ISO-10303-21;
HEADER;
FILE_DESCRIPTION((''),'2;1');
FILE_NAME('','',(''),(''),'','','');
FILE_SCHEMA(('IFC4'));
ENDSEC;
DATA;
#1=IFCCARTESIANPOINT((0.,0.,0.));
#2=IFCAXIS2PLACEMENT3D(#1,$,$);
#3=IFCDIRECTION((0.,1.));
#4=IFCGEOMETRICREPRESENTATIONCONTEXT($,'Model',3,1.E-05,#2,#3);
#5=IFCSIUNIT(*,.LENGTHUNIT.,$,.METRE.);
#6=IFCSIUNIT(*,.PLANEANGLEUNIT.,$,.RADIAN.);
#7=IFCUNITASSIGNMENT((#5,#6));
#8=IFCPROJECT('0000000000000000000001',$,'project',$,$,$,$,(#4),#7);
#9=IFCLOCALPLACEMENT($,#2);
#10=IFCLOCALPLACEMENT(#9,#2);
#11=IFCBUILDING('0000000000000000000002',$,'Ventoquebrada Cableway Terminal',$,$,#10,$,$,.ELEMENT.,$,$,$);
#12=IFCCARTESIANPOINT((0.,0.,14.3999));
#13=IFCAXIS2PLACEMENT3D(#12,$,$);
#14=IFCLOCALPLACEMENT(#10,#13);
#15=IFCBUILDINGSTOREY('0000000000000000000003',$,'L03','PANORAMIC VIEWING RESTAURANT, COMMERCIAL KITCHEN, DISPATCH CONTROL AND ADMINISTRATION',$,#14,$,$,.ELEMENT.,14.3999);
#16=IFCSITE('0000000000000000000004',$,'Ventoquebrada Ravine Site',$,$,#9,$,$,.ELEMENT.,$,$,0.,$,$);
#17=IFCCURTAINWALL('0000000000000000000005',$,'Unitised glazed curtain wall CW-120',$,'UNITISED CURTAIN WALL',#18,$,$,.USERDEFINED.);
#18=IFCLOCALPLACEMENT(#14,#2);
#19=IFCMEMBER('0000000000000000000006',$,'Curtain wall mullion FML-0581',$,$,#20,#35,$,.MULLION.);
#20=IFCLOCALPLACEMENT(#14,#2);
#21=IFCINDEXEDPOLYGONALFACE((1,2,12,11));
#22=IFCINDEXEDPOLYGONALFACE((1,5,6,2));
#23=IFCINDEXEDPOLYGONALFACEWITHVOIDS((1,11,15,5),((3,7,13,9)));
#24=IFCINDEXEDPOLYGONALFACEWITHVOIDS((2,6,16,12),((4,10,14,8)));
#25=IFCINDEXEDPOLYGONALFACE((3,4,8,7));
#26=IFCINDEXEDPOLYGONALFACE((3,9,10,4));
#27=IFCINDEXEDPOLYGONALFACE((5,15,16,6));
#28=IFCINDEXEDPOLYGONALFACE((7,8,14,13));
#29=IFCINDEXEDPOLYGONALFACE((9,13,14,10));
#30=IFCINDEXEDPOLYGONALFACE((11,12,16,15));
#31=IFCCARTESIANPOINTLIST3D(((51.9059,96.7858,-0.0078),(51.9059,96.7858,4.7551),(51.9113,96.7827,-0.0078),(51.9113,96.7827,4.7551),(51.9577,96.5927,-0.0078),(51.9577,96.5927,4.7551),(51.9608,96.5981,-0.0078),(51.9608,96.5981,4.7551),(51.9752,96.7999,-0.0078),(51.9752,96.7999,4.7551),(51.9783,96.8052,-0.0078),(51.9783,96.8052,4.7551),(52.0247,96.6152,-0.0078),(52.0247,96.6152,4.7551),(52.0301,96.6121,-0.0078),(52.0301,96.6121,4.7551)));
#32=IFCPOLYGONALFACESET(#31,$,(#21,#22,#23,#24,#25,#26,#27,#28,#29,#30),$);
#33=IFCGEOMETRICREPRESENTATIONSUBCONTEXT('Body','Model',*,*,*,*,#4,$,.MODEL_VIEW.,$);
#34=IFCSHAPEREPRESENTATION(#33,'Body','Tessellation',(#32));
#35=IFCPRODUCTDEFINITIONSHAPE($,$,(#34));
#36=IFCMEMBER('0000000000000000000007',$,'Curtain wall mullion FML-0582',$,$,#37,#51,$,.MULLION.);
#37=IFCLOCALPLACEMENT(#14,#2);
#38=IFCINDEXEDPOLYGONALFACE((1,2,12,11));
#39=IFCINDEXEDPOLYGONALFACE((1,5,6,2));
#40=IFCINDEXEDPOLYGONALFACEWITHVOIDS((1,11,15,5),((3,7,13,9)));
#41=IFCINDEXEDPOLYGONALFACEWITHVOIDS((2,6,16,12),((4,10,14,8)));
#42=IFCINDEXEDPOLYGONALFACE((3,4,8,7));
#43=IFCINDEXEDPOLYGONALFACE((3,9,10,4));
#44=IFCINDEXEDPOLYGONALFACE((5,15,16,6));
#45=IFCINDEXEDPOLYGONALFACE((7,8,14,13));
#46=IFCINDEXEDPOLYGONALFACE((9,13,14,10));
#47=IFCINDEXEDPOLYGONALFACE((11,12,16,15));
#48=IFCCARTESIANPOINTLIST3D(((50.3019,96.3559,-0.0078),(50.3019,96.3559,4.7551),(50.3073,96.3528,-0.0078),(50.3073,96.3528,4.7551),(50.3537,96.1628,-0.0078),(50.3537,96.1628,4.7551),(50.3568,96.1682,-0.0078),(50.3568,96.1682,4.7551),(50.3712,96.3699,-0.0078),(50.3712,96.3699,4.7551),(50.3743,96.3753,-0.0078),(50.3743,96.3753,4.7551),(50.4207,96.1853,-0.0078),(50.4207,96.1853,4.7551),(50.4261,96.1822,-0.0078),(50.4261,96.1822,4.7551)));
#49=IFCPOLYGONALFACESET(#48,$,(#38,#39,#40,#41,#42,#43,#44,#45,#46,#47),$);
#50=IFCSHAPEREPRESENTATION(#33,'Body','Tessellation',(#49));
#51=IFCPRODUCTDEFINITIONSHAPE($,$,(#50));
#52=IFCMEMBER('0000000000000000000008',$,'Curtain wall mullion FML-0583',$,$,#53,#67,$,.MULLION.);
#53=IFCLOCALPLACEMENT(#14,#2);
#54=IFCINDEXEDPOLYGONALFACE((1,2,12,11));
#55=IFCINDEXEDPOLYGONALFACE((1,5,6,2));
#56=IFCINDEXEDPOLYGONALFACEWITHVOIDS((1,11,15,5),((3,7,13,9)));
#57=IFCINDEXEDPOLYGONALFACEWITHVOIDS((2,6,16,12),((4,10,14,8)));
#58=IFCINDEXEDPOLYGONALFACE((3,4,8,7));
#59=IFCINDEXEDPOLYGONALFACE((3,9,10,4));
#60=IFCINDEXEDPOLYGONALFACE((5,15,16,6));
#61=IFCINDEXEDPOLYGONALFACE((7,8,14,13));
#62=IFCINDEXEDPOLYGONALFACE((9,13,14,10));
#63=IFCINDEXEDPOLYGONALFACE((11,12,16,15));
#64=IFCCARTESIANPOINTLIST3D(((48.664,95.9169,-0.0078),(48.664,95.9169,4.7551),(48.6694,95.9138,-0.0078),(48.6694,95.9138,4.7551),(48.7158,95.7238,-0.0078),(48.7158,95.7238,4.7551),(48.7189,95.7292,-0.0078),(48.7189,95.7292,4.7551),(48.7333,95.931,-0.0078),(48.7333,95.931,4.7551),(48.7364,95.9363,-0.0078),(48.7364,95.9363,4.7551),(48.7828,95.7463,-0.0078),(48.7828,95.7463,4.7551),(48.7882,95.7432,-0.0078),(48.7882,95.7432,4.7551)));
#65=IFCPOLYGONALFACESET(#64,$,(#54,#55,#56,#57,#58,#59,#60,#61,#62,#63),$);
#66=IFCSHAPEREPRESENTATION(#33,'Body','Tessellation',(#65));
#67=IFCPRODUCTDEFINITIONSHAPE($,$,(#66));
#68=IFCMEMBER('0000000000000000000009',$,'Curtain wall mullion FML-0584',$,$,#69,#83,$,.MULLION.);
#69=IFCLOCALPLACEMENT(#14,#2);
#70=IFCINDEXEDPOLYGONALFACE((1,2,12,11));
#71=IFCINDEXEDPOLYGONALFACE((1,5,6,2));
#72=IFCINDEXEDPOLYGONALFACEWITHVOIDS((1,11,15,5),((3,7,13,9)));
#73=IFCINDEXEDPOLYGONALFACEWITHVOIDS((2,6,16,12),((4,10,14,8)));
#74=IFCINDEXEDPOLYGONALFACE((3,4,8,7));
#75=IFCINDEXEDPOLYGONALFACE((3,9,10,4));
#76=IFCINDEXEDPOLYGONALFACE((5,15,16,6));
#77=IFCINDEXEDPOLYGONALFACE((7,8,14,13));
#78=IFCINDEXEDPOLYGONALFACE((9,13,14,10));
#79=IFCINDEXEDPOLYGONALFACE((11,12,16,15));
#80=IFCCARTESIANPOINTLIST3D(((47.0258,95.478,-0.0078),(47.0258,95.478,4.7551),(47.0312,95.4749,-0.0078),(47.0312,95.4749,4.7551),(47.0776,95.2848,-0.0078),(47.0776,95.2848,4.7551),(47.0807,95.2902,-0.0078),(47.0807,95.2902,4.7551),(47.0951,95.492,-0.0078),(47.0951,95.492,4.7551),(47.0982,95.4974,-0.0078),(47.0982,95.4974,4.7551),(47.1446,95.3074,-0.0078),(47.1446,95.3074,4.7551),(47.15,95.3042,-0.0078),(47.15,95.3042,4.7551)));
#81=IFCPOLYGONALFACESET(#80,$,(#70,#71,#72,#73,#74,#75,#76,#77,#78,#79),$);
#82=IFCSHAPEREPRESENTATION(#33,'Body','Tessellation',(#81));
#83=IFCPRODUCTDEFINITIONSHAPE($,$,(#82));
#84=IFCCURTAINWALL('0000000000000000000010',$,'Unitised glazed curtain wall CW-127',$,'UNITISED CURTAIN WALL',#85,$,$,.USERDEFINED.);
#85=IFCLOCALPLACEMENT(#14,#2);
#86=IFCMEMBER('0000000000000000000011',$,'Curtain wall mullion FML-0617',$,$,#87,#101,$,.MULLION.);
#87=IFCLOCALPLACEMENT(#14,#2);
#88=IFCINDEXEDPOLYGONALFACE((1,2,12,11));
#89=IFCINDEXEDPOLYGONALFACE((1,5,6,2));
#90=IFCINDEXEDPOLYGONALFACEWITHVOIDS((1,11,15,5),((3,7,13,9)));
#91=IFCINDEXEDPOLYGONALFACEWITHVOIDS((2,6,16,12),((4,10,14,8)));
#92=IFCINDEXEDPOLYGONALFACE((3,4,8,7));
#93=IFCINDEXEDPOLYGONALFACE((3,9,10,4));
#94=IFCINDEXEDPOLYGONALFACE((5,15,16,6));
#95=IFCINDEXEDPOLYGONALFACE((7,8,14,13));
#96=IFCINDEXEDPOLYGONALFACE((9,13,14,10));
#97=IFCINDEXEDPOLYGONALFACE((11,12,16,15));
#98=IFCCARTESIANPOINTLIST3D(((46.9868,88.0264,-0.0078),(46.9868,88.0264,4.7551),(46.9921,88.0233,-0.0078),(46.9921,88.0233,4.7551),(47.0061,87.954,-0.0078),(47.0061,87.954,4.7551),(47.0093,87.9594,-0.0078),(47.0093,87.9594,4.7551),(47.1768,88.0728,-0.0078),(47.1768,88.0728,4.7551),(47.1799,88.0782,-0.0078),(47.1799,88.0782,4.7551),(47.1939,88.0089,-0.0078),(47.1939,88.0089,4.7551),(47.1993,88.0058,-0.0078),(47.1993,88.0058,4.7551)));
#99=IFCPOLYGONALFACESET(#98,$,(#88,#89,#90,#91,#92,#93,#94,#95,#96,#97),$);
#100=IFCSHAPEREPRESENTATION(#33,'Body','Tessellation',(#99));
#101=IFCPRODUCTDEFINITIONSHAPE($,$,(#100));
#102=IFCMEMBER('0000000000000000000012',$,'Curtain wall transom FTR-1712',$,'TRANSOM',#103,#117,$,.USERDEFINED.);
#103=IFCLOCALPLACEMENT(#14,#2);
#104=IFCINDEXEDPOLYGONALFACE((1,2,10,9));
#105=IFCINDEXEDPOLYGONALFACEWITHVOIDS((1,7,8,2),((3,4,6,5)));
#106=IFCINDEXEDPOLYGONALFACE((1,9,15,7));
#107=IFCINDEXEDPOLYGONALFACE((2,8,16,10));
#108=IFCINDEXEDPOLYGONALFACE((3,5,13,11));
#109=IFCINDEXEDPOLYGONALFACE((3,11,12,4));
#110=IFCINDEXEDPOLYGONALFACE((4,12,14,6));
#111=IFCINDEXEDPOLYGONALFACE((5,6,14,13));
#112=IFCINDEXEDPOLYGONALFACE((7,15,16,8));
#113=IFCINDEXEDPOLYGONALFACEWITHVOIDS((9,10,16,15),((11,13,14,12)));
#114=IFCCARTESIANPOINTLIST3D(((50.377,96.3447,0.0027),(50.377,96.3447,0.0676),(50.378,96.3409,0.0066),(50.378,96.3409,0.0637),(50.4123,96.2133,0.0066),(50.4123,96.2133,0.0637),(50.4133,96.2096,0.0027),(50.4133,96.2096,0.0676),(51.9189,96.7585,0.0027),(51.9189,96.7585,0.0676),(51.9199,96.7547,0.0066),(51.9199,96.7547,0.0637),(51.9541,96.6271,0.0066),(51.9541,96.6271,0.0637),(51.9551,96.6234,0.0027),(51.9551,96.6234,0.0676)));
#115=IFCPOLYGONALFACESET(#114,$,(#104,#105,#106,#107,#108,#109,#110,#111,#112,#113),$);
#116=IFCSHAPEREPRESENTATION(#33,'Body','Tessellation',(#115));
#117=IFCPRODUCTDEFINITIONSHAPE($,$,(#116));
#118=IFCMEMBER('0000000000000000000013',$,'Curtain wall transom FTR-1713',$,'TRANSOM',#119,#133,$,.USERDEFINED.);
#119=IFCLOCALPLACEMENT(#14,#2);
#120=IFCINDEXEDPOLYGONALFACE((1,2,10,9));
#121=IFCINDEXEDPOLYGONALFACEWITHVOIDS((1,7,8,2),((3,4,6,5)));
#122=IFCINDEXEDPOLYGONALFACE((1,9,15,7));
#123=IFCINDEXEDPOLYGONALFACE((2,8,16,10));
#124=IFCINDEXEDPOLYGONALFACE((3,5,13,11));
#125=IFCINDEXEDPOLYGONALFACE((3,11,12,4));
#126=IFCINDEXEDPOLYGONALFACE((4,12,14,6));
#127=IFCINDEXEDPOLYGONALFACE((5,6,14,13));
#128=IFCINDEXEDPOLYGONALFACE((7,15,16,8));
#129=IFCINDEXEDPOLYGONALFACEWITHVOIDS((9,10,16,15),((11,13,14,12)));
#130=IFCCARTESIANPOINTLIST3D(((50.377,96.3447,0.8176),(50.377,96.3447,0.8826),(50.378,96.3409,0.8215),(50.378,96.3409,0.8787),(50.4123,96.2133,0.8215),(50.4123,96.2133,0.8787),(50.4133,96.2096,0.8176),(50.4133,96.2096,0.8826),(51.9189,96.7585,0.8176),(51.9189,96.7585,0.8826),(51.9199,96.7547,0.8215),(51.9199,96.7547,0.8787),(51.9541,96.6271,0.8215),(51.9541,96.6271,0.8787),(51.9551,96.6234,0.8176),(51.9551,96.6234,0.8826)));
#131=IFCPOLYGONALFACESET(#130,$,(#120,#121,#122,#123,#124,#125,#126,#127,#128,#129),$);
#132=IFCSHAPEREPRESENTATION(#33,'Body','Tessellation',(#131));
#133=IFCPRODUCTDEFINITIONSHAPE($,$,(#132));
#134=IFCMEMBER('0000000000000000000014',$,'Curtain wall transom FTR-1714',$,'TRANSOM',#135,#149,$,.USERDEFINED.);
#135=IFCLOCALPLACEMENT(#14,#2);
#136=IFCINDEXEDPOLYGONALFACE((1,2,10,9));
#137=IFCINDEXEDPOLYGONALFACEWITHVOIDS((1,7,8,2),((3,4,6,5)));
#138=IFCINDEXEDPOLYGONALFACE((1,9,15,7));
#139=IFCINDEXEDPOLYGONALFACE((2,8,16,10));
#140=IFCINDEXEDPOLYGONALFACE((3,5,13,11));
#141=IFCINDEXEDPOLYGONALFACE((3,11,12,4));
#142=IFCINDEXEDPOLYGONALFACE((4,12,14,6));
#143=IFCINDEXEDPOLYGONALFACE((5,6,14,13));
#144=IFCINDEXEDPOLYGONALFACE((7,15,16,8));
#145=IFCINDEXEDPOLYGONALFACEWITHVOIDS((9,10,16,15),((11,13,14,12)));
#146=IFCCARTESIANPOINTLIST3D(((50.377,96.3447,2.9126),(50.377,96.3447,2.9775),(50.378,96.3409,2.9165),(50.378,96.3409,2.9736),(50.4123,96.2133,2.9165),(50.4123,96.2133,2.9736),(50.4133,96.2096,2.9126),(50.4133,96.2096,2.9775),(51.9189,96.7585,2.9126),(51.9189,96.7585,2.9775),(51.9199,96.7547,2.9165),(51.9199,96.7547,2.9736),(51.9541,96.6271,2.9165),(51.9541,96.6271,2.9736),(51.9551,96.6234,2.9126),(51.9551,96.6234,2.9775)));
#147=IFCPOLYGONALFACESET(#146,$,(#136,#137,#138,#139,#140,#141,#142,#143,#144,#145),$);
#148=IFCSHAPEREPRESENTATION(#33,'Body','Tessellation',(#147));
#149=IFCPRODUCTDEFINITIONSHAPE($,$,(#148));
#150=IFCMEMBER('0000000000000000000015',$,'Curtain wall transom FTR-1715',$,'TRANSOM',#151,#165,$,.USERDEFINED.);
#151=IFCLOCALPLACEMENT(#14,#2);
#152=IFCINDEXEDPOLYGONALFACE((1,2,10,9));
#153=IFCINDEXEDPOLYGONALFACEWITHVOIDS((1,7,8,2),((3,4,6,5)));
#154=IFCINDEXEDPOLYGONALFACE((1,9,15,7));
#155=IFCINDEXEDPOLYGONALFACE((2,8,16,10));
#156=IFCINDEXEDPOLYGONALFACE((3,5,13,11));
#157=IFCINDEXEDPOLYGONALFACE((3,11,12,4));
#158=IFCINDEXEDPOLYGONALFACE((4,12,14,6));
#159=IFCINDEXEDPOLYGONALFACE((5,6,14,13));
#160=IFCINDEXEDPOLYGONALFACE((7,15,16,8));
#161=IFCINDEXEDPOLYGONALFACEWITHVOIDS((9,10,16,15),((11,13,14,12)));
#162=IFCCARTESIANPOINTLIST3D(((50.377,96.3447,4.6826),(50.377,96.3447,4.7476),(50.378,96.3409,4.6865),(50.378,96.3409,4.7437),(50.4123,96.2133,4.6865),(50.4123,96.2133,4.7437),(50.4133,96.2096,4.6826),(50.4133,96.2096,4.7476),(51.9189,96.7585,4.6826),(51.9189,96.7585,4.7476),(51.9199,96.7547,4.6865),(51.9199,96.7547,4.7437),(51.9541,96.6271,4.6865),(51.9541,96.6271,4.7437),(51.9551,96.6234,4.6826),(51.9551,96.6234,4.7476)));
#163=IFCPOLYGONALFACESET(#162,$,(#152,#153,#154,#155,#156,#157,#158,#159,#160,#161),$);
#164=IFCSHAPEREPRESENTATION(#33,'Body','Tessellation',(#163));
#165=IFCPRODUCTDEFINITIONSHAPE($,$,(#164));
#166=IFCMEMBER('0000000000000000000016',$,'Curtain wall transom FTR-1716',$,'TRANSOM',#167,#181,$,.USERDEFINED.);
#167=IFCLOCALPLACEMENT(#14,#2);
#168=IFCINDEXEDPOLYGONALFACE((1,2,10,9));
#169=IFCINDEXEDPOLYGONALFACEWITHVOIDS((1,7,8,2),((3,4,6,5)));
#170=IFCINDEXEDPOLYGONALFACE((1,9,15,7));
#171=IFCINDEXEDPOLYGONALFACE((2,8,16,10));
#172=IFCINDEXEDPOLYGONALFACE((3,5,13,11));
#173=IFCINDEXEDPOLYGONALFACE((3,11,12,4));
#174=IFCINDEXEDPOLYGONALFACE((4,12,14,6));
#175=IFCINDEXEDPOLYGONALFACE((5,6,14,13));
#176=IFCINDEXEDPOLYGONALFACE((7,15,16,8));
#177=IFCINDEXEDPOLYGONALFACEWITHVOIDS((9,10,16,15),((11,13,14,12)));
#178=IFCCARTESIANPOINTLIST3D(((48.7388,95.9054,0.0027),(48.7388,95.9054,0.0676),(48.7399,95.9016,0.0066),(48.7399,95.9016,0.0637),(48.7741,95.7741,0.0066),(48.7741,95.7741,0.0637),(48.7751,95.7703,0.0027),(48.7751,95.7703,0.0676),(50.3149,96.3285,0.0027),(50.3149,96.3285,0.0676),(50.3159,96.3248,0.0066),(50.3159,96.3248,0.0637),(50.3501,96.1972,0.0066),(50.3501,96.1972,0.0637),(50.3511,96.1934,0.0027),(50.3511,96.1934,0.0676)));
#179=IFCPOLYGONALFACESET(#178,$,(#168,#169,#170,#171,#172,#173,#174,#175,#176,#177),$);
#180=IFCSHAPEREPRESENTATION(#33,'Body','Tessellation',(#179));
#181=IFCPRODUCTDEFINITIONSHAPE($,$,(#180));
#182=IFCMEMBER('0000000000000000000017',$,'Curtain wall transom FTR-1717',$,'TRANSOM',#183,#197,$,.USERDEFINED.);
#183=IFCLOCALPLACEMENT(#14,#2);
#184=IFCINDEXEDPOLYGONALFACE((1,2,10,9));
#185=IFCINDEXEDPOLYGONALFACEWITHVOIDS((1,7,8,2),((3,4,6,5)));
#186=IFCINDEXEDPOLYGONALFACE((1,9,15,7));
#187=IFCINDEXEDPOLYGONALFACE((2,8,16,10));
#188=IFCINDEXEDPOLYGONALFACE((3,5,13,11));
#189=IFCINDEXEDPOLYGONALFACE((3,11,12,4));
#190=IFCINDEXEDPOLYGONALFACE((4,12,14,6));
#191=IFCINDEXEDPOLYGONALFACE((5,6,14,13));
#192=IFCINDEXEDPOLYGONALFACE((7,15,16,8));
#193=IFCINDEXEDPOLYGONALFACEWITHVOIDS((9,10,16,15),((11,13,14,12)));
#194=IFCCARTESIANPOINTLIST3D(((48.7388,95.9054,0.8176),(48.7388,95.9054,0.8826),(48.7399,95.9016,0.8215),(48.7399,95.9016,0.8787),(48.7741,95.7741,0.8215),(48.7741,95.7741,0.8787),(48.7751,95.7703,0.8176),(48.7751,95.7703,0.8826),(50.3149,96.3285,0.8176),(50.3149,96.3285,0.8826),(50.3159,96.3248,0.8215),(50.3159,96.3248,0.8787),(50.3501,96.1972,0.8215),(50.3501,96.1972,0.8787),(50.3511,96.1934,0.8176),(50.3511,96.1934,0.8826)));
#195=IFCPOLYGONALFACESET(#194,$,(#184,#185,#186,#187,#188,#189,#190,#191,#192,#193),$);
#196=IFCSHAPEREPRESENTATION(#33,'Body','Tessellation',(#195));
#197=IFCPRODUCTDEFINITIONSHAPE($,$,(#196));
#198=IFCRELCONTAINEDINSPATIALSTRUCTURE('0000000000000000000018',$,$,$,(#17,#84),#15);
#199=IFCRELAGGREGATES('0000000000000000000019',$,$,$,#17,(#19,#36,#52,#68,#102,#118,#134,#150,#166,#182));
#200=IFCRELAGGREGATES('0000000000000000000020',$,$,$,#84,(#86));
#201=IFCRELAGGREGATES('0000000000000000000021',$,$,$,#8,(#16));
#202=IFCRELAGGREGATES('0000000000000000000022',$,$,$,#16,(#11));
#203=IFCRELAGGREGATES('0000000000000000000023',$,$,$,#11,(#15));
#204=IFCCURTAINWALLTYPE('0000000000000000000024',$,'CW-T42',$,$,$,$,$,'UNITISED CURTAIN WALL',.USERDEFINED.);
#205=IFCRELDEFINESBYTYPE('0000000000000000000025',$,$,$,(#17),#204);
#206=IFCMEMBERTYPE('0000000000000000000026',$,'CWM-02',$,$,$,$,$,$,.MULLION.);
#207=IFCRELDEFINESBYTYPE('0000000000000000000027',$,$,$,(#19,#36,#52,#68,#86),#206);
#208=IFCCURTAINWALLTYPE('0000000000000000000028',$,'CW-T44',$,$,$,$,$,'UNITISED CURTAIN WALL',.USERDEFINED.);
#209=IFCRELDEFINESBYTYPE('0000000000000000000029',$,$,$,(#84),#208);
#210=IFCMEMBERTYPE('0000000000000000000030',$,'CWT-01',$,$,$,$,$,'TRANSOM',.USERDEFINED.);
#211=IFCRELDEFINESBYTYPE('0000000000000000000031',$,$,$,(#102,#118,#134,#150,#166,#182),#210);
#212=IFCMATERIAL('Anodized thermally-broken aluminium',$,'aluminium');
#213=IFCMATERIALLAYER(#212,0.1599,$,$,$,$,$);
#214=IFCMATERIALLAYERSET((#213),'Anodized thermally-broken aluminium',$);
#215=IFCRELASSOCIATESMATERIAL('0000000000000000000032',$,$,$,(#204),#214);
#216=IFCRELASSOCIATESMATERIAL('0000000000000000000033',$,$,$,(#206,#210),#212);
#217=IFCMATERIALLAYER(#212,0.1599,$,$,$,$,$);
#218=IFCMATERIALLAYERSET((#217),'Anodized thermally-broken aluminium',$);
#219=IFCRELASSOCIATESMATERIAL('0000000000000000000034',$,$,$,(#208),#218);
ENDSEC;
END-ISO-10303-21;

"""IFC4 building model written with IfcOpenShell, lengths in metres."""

from ifc_helpers import new_model, si_unit, direction, frame, origin, origin_2d, place, context, subcontext, project, spatial, hollow_rectangle, extrude, material, layer, layer_set, material_profile, profile_set, type_object, element, aggregate, save


model = new_model("IFC4")

# Units and contexts
model_context = context("Model", 3, precision=1e-05, world=origin(), true_north=direction((0.0, 1.0)))
body_context = subcontext(model_context, "Body", "Model", "MODEL_VIEW")
ifc_project = project(units=[si_unit("LENGTHUNIT", "METRE"), si_unit("PLANEANGLEUNIT", "RADIAN")], contexts=[model_context])

# Site, building, storey
site_placement = place(None, origin())
site = spatial("IfcSite", under=ifc_project, at=site_placement, Name="Ventoquebrada Ravine Site", CompositionType="ELEMENT", RefElevation=0.0)
building_placement = place(site_placement, origin())
building = spatial("IfcBuilding", under=site, at=building_placement, Name="Ventoquebrada Cableway Terminal", CompositionType="ELEMENT")
storey_placement = place(building_placement, frame((0.0, 0.0, 14.3999)))
storey = spatial("IfcBuildingStorey", under=building, at=storey_placement, Name="L03", Description="PANORAMIC VIEWING RESTAURANT, COMMERCIAL KITCHEN, DISPATCH CONTROL AND ADMINISTRATION", CompositionType="ELEMENT", Elevation=14.3999)

# Curtain wall, members
ifc_material_1 = material(Name="Anodized thermally-broken aluminium", Category="aluminium")
ifc_layer_1 = layer(ifc_material_1, 0.1599)
ifc_layer_set_1 = layer_set([ifc_layer_1], Name="Anodized thermally-broken aluminium")
curtain_wall_type_1 = type_object("IfcCurtainWallType", Name="CW-T42", ElementType="UNITISED CURTAIN WALL", PredefinedType="USERDEFINED", material=ifc_layer_set_1)
curtain_wall_1_placement = place(storey_placement, origin())
curtain_wall_1 = element("IfcCurtainWall", 1, at=curtain_wall_1_placement, inside=storey, type_object=curtain_wall_type_1, Name="Unitised glazed curtain wall CW-120", ObjectType="UNITISED CURTAIN WALL", PredefinedType="USERDEFINED")
ifc_material_profile_1 = material_profile(ifc_material_1, hollow_rectangle(XDim=0.075, YDim=0.2, WallThickness=0.0044, at=origin_2d()), Name="CW-MUL-75X200")
ifc_profile_set_1 = profile_set([ifc_material_profile_1], Name="Anodized thermally-broken aluminium")
member_type_1 = type_object("IfcMemberType", Name="CWM-02", PredefinedType="MULLION", material=ifc_profile_set_1)
member_1_placement = place(storey_placement, frame((51.968, 96.699, -0.0078), z_axis=(0.0, 0.0, 1.0), x_axis=(-0.965912, -0.25887, 0.0)))
member_1 = element("IfcMember", 2, at=member_1_placement, type_object=member_type_1, Name="Curtain wall mullion FML-0581", PredefinedType="MULLION", context=body_context, shape_type="SweptSolid", body=[
    extrude(hollow_rectangle(XDim=0.075, YDim=0.2, WallThickness=0.0044, at=origin_2d()), origin(), (0.0, 0.0, 1.0), 4.7629),
])
member_2_placement = place(storey_placement, frame((50.364, 96.269, -0.0078), z_axis=(0.0, 0.0, 1.0), x_axis=(-0.965912, -0.25887, 0.0)))
member_2 = element("IfcMember", 3, at=member_2_placement, type_object=member_type_1, Name="Curtain wall mullion FML-0582", PredefinedType="MULLION", context=body_context, shape_type="SweptSolid", body=[
    extrude(hollow_rectangle(XDim=0.075, YDim=0.2, WallThickness=0.0044, at=origin_2d()), origin(), (0.0, 0.0, 1.0), 4.7629),
])
member_3_placement = place(storey_placement, frame((48.7261, 95.8301, -0.0078), z_axis=(0.0, 0.0, 1.0), x_axis=(-0.965912, -0.25887, 0.0)))
member_3 = element("IfcMember", 4, at=member_3_placement, type_object=member_type_1, Name="Curtain wall mullion FML-0583", PredefinedType="MULLION", context=body_context, shape_type="SweptSolid", body=[
    extrude(hollow_rectangle(XDim=0.075, YDim=0.2, WallThickness=0.0044, at=origin_2d()), origin(), (0.0, 0.0, 1.0), 4.7629),
])
member_4_placement = place(storey_placement, frame((47.0879, 95.3911, -0.0078), z_axis=(0.0, 0.0, 1.0), x_axis=(-0.965912, -0.25887, 0.0)))
member_4 = element("IfcMember", 5, at=member_4_placement, type_object=member_type_1, Name="Curtain wall mullion FML-0584", PredefinedType="MULLION", context=body_context, shape_type="SweptSolid", body=[
    extrude(hollow_rectangle(XDim=0.075, YDim=0.2, WallThickness=0.0044, at=origin_2d()), origin(), (0.0, 0.0, 1.0), 4.7629),
])

# Curtain wall, member
ifc_layer_2 = layer(ifc_material_1, 0.1599)
ifc_layer_set_2 = layer_set([ifc_layer_2], Name="Anodized thermally-broken aluminium")
curtain_wall_type_2 = type_object("IfcCurtainWallType", Name="CW-T44", ElementType="UNITISED CURTAIN WALL", PredefinedType="USERDEFINED", material=ifc_layer_set_2)
curtain_wall_2_placement = place(storey_placement, origin())
curtain_wall_2 = element("IfcCurtainWall", 6, at=curtain_wall_2_placement, inside=storey, type_object=curtain_wall_type_2, Name="Unitised glazed curtain wall CW-127", ObjectType="UNITISED CURTAIN WALL", PredefinedType="USERDEFINED")
member_5_placement = place(storey_placement, frame((47.093, 88.0161, -0.0078), z_axis=(0.0, 0.0, 1.0), x_axis=(0.258735, -0.965948, 0.0)))
member_5 = element("IfcMember", 7, at=member_5_placement, type_object=member_type_1, Name="Curtain wall mullion FML-0617", PredefinedType="MULLION", context=body_context, shape_type="SweptSolid", body=[
    extrude(hollow_rectangle(XDim=0.075, YDim=0.2, WallThickness=0.0044, at=origin_2d()), origin(), (0.0, 0.0, 1.0), 4.7629),
])

# Members
ifc_material_profile_2 = material_profile(ifc_material_1, hollow_rectangle(XDim=0.0649, YDim=0.1399, WallThickness=0.0039, at=origin_2d()), Name="CW-TRN-65X140")
ifc_profile_set_2 = profile_set([ifc_material_profile_2], Name="Anodized thermally-broken aluminium")
member_type_2 = type_object("IfcMemberType", Name="CWT-01", ElementType="TRANSOM", PredefinedType="USERDEFINED", material=ifc_profile_set_2)
member_6_placement = place(storey_placement, frame((51.937, 96.6909, 0.0352), z_axis=(-0.965825, -0.259195, 0.0), x_axis=(0.0, 0.0, 1.0)))
member_6 = element("IfcMember", 8, at=member_6_placement, type_object=member_type_2, Name="Curtain wall transom FTR-1712", ObjectType="TRANSOM", PredefinedType="USERDEFINED", context=body_context, shape_type="SweptSolid", body=[
    extrude(hollow_rectangle(XDim=0.0649, YDim=0.1399, WallThickness=0.0039, at=origin_2d()), origin(), (0.0, 0.0, 1.0), 1.5964),
])
member_7_placement = place(storey_placement, frame((51.937, 96.6909, 0.8501), z_axis=(-0.965825, -0.259195, 0.0), x_axis=(0.0, 0.0, 1.0)))
member_7 = element("IfcMember", 9, at=member_7_placement, type_object=member_type_2, Name="Curtain wall transom FTR-1713", ObjectType="TRANSOM", PredefinedType="USERDEFINED", context=body_context, shape_type="SweptSolid", body=[
    extrude(hollow_rectangle(XDim=0.0649, YDim=0.1399, WallThickness=0.0039, at=origin_2d()), origin(), (0.0, 0.0, 1.0), 1.5964),
])
member_8_placement = place(storey_placement, frame((51.937, 96.6909, 2.9451), z_axis=(-0.965825, -0.259195, 0.0), x_axis=(0.0, 0.0, 1.0)))
member_8 = element("IfcMember", 10, at=member_8_placement, type_object=member_type_2, Name="Curtain wall transom FTR-1714", ObjectType="TRANSOM", PredefinedType="USERDEFINED", context=body_context, shape_type="SweptSolid", body=[
    extrude(hollow_rectangle(XDim=0.0649, YDim=0.1399, WallThickness=0.0039, at=origin_2d()), origin(), (0.0, 0.0, 1.0), 1.5964),
])
member_9_placement = place(storey_placement, frame((51.937, 96.6909, 4.7151), z_axis=(-0.965825, -0.259195, 0.0), x_axis=(0.0, 0.0, 1.0)))
member_9 = element("IfcMember", 11, at=member_9_placement, type_object=member_type_2, Name="Curtain wall transom FTR-1715", ObjectType="TRANSOM", PredefinedType="USERDEFINED", context=body_context, shape_type="SweptSolid", body=[
    extrude(hollow_rectangle(XDim=0.0649, YDim=0.1399, WallThickness=0.0039, at=origin_2d()), origin(), (0.0, 0.0, 1.0), 1.5964),
])
member_10_placement = place(storey_placement, frame((50.333, 96.261, 0.0352), z_axis=(-0.965799, -0.259292, 0.0), x_axis=(0.0, 0.0, 1.0)))
member_10 = element("IfcMember", 12, at=member_10_placement, type_object=member_type_2, Name="Curtain wall transom FTR-1716", ObjectType="TRANSOM", PredefinedType="USERDEFINED", context=body_context, shape_type="SweptSolid", body=[
    extrude(hollow_rectangle(XDim=0.0649, YDim=0.1399, WallThickness=0.0039, at=origin_2d()), origin(), (0.0, 0.0, 1.0), 1.6318),
])
member_11_placement = place(storey_placement, frame((50.333, 96.261, 0.8501), z_axis=(-0.965799, -0.259292, 0.0), x_axis=(0.0, 0.0, 1.0)))
member_11 = element("IfcMember", 13, at=member_11_placement, type_object=member_type_2, Name="Curtain wall transom FTR-1717", ObjectType="TRANSOM", PredefinedType="USERDEFINED", context=body_context, shape_type="SweptSolid", body=[
    extrude(hollow_rectangle(XDim=0.0649, YDim=0.1399, WallThickness=0.0039, at=origin_2d()), origin(), (0.0, 0.0, 1.0), 1.6318),
])

aggregate(curtain_wall_1, [member_1, member_2, member_3, member_4, member_6, member_7, member_8, member_9, member_10, member_11])
aggregate(curtain_wall_2, [member_5])

save(model, "model.ifc")
